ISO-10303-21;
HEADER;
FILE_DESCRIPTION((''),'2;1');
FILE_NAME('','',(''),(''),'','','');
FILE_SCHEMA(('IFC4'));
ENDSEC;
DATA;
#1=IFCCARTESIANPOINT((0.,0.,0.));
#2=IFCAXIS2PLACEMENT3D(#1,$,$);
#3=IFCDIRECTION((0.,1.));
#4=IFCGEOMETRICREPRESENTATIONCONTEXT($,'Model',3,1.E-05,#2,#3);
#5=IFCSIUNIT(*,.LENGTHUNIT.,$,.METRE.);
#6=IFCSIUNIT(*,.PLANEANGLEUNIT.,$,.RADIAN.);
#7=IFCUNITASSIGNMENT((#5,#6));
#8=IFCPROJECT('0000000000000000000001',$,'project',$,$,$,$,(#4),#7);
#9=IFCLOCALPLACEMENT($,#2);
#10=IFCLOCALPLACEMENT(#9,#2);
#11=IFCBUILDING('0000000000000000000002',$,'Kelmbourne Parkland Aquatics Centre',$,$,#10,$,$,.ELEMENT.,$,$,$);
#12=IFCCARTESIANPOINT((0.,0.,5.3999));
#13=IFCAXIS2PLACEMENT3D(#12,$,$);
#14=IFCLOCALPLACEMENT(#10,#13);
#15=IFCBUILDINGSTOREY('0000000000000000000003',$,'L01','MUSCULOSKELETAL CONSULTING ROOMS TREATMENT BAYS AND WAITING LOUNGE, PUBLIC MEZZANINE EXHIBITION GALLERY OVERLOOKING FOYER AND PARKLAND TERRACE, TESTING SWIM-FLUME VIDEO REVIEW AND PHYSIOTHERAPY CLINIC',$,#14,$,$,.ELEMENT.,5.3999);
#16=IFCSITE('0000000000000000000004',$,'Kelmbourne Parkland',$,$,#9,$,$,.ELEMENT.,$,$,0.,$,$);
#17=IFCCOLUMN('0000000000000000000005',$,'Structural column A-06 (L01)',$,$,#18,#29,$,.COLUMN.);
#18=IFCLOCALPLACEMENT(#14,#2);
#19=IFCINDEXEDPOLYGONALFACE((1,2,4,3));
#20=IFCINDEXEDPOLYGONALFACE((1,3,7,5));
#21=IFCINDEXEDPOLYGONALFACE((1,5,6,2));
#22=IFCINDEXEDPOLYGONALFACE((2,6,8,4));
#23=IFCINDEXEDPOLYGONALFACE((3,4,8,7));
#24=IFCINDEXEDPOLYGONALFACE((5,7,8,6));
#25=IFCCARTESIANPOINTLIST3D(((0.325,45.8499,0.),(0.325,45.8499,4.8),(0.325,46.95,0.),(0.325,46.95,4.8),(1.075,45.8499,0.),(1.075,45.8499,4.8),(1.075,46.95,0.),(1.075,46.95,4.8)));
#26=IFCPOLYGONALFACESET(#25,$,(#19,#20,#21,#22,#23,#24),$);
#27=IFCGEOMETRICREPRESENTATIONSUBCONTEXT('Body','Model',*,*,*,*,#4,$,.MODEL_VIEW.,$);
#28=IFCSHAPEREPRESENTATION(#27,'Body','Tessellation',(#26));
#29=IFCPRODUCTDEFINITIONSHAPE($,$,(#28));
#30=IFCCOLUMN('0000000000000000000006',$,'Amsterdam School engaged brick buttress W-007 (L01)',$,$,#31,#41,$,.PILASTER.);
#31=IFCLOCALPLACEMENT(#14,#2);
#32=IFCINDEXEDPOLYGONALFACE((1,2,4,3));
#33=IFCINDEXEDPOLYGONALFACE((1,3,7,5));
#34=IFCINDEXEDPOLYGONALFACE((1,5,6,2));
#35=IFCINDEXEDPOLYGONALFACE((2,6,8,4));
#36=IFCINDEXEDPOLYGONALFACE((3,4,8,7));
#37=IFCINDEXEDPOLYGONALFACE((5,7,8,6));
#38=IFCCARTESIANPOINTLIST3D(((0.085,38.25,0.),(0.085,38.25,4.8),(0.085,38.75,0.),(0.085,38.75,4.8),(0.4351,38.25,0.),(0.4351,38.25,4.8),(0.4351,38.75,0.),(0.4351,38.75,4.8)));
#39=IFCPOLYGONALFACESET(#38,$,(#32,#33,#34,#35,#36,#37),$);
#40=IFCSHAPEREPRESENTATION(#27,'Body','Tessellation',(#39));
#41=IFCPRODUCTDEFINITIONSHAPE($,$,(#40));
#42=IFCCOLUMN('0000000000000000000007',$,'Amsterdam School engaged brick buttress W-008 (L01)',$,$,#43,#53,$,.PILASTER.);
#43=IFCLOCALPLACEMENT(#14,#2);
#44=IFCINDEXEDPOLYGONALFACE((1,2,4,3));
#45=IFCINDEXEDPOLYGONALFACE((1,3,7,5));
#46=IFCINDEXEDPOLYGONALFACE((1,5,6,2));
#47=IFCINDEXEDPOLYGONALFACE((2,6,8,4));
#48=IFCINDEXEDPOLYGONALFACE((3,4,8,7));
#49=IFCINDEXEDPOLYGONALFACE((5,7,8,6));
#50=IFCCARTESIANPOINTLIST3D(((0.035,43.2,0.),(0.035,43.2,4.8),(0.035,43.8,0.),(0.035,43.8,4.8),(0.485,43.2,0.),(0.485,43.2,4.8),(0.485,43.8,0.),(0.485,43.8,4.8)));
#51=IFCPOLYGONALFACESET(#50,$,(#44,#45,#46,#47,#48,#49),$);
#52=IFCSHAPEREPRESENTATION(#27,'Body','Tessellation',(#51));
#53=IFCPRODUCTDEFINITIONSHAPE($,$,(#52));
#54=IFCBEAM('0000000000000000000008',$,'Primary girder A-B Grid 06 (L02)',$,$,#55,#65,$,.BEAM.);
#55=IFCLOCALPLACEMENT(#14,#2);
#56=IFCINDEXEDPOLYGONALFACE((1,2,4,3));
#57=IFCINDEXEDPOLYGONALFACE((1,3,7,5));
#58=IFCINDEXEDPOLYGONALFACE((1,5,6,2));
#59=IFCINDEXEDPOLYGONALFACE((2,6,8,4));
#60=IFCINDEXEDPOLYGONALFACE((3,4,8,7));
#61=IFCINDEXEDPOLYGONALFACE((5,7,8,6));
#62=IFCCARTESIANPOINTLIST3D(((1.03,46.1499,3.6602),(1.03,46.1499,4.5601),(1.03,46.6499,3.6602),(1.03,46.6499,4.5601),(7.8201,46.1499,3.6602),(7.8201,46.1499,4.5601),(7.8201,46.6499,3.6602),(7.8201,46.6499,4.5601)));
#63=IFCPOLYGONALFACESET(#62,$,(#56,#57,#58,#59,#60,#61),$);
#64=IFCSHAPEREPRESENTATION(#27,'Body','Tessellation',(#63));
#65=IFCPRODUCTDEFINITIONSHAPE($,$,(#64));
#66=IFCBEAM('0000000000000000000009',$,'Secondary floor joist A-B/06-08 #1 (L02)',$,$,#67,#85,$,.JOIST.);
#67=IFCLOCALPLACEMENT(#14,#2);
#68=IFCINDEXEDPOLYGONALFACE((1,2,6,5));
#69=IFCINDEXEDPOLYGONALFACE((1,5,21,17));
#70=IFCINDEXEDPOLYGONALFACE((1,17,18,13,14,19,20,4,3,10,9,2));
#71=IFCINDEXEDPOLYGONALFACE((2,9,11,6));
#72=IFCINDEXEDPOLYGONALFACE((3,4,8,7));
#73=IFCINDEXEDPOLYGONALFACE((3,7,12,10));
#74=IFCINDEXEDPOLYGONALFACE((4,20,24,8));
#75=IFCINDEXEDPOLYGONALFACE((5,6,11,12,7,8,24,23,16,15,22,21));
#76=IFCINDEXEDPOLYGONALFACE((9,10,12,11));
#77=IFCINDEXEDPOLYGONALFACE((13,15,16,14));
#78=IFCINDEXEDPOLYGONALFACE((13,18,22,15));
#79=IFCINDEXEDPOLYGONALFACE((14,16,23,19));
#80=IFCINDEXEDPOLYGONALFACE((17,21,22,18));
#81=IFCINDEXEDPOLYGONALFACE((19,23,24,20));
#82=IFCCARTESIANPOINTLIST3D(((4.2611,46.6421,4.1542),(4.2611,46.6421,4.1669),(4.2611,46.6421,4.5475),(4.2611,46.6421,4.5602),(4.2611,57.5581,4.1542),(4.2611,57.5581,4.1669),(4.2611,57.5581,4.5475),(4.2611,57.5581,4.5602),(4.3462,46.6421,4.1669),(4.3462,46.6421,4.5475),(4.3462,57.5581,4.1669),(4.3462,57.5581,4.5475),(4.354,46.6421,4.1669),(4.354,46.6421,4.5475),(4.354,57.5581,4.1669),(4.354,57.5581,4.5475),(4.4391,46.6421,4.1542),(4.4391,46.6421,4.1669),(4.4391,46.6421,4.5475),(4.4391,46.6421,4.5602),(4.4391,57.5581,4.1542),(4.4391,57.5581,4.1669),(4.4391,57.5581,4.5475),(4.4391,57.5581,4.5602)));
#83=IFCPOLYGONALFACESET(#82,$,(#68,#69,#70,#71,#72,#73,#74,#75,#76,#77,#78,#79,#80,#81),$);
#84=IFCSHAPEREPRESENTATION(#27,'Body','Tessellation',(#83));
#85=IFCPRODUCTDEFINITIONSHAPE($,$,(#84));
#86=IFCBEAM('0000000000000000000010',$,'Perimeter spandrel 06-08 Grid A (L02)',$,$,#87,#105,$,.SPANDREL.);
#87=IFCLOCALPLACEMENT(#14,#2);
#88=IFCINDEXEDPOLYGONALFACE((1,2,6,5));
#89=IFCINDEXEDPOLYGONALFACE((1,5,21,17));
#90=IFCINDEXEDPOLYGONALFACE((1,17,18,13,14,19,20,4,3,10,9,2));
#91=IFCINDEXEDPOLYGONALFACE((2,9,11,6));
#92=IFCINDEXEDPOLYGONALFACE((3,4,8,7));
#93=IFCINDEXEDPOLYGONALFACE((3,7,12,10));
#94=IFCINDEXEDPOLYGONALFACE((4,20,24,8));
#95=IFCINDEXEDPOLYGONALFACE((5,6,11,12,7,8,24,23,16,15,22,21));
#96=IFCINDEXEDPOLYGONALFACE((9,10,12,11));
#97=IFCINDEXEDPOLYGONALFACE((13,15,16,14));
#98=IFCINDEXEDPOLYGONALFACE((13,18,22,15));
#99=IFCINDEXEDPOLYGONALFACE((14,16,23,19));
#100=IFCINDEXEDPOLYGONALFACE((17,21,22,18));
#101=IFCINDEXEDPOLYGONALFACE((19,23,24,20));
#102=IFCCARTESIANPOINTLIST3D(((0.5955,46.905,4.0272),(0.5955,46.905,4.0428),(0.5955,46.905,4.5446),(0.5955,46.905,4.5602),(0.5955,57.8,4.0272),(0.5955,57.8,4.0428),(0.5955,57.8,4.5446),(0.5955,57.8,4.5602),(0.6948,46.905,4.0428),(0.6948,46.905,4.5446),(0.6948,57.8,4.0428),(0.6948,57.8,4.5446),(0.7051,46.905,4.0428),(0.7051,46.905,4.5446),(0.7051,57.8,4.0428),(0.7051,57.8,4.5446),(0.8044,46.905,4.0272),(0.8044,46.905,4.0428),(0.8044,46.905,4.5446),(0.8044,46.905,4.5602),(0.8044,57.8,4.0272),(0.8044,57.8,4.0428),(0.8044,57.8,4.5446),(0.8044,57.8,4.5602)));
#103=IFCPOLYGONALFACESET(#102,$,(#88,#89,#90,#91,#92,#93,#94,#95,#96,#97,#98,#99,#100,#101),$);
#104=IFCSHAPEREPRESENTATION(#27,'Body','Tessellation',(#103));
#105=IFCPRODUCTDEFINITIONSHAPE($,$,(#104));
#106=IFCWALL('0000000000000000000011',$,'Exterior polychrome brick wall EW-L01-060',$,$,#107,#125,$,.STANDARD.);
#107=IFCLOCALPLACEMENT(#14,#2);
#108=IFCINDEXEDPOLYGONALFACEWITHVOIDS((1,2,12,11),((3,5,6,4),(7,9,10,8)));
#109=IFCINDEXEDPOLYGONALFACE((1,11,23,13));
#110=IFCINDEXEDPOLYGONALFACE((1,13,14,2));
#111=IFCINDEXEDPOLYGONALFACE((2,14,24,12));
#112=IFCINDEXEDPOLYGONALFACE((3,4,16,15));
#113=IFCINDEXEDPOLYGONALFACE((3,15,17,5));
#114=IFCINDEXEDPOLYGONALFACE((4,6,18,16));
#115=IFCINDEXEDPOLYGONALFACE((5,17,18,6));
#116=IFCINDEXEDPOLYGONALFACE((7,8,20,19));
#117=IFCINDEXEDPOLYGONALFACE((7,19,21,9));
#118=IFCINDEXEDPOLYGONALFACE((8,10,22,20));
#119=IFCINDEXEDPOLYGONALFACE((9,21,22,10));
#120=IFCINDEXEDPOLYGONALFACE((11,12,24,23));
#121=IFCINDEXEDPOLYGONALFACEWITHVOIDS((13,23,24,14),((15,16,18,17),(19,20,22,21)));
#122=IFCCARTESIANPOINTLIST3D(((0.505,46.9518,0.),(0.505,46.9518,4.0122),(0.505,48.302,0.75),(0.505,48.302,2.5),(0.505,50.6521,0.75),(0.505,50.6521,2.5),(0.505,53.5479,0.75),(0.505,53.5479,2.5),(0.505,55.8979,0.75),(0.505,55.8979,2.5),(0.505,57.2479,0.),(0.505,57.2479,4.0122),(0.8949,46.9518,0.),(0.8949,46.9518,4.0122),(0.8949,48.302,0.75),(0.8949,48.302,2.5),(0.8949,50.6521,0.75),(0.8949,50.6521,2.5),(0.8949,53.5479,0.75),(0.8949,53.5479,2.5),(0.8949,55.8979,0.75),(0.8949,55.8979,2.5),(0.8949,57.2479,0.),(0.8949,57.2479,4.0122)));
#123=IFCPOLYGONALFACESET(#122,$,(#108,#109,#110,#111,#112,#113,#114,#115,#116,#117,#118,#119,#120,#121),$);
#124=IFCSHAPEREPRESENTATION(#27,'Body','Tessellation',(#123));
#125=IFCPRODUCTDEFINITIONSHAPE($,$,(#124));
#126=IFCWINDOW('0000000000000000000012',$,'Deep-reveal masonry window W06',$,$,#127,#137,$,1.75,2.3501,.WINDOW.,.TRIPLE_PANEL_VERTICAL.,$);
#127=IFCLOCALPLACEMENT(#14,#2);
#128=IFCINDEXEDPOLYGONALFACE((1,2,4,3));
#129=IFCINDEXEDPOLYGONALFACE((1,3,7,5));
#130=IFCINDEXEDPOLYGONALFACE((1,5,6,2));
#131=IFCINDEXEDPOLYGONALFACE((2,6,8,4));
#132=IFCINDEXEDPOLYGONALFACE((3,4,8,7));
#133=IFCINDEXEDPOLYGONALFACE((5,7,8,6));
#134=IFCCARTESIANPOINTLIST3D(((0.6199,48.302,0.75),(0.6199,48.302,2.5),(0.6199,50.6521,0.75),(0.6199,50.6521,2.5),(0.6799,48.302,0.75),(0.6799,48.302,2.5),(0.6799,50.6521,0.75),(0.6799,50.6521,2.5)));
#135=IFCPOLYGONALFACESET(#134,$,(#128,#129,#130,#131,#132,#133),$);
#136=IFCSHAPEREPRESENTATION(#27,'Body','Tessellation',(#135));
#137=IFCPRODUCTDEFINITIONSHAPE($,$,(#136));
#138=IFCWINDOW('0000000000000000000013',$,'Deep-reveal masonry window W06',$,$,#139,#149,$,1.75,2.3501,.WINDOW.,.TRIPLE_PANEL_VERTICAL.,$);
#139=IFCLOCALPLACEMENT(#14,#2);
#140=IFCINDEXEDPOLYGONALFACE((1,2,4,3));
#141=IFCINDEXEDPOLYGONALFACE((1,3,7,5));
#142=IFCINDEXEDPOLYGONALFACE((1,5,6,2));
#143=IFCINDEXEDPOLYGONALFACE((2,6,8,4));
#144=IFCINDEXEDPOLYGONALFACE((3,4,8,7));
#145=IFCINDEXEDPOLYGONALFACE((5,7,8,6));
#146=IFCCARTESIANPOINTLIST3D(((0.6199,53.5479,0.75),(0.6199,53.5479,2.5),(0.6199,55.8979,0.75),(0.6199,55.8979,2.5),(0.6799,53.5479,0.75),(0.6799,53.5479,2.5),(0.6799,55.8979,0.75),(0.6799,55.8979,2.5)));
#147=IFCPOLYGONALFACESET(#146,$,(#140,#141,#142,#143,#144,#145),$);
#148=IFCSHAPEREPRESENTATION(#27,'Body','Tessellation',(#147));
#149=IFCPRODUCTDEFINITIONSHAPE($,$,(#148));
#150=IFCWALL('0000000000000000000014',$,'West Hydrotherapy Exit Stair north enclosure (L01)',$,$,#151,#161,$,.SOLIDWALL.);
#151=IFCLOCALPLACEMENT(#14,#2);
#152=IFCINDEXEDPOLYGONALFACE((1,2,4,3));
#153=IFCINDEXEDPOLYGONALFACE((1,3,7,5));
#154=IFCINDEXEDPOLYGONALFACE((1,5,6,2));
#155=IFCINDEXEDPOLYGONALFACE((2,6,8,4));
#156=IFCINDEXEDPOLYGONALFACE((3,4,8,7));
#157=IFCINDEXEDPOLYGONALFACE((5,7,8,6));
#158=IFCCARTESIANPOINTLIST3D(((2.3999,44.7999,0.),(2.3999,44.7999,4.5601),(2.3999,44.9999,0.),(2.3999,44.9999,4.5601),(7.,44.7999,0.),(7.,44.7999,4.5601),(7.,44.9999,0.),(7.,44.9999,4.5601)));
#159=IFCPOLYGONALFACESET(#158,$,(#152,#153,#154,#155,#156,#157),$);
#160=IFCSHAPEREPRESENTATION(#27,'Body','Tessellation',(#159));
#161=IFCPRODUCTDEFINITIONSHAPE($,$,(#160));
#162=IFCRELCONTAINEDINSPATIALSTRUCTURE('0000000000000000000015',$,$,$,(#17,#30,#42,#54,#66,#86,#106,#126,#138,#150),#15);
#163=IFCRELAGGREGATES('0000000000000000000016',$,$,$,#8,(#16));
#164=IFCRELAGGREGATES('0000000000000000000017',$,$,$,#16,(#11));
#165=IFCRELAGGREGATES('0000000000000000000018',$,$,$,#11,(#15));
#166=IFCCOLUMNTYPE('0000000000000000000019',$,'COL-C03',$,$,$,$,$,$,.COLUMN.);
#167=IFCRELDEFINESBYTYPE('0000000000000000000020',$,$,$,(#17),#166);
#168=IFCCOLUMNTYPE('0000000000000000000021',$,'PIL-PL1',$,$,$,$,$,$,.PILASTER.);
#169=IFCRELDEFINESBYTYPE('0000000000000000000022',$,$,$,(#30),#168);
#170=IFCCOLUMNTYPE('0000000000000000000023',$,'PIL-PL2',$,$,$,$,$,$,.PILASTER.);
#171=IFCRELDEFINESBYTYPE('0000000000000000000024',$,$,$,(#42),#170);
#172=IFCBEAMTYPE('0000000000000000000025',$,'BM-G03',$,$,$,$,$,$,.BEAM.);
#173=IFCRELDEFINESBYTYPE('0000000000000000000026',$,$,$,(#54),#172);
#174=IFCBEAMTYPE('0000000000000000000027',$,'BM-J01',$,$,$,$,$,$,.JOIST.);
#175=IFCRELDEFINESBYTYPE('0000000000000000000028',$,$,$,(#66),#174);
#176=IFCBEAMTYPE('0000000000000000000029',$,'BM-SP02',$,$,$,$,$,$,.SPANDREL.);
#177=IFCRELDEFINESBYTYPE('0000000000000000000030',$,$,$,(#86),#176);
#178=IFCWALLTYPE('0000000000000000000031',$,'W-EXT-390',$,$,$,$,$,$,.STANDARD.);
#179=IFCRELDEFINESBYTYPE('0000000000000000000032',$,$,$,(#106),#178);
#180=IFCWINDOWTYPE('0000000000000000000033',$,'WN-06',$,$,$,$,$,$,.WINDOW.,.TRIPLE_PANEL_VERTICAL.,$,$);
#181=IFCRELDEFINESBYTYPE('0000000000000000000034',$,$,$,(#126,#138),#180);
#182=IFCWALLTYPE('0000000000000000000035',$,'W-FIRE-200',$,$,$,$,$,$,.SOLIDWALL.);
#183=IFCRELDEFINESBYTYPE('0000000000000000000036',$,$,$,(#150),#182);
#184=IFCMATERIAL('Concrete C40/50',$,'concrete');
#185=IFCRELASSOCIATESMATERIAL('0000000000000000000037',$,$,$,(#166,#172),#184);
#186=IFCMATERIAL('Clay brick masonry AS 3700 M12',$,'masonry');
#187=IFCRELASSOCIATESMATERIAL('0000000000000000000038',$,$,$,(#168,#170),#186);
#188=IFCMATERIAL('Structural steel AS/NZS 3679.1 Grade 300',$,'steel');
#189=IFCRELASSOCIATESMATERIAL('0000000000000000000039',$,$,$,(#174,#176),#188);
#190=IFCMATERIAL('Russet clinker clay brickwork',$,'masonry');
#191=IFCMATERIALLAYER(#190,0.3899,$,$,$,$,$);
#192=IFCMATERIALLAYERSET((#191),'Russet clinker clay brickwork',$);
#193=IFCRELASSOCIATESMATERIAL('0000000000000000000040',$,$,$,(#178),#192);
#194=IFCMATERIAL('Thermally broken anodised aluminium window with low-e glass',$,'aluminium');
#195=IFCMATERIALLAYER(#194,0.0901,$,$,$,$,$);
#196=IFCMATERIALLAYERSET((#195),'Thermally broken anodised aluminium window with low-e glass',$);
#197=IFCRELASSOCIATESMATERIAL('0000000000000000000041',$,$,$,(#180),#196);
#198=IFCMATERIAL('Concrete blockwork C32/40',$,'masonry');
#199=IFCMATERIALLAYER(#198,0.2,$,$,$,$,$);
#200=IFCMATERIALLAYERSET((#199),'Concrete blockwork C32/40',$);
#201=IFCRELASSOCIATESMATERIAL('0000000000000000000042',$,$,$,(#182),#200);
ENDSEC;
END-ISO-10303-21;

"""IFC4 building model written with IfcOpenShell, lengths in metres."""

from ifc_helpers import new_model, si_unit, direction, frame, frame_2d, origin, origin_2d, place, context, subcontext, project, spatial, rectangle, i_section, extrude, material, layer, layer_set, material_profile, profile_set, type_object, element, fill, save


model = new_model("IFC4")

# Units and contexts
model_context = context("Model", 3, precision=1e-05, world=origin(), true_north=direction((0.0, 1.0)))
body_context = subcontext(model_context, "Body", "Model", "MODEL_VIEW")
ifc_project = project(units=[si_unit("LENGTHUNIT", "METRE"), si_unit("PLANEANGLEUNIT", "RADIAN")], contexts=[model_context])

# Site, building, storey
site_placement = place(None, origin())
site = spatial("IfcSite", under=ifc_project, at=site_placement, Name="Kelmbourne Parkland", CompositionType="ELEMENT", RefElevation=0.0)
building_placement = place(site_placement, origin())
building = spatial("IfcBuilding", under=site, at=building_placement, Name="Kelmbourne Parkland Aquatics Centre", CompositionType="ELEMENT")
storey_placement = place(building_placement, frame((0.0, 0.0, 5.3999)))
storey = spatial("IfcBuildingStorey", under=building, at=storey_placement, Name="L01", Description="MUSCULOSKELETAL CONSULTING ROOMS TREATMENT BAYS AND WAITING LOUNGE, PUBLIC MEZZANINE EXHIBITION GALLERY OVERLOOKING FOYER AND PARKLAND TERRACE, TESTING SWIM-FLUME VIDEO REVIEW AND PHYSIOTHERAPY CLINIC", CompositionType="ELEMENT", Elevation=5.3999)

# Columns
ifc_material_1 = material(Name="Concrete C40/50", Category="concrete")
ifc_material_profile_1 = material_profile(ifc_material_1, rectangle(XDim=0.75, YDim=1.1001, at=origin_2d()), Name="RC 750x1100")
ifc_profile_set_1 = profile_set([ifc_material_profile_1], Name="Concrete C40/50")
column_type_1 = type_object("IfcColumnType", Name="COL-C03", PredefinedType="COLUMN", material=ifc_profile_set_1)
column_1_placement = place(storey_placement, frame((0.7, 46.3999, 0.0), z_axis=(0.0, 0.0, 1.0), x_axis=(1.0, 0.0, 0.0)))
element("IfcColumn", 1, at=column_1_placement, inside=storey, type_object=column_type_1, Name="Structural column A-06 (L01)", PredefinedType="COLUMN", context=body_context, shape_type="SweptSolid", body=[
    extrude(rectangle(XDim=0.75, YDim=1.1001, at=origin_2d()), origin(), (0.0, 0.0, 1.0), 4.8),
])
ifc_material_2 = material(Name="Clay brick masonry AS 3700 M12", Category="masonry")
ifc_material_profile_2 = material_profile(ifc_material_2, rectangle(XDim=0.3501, YDim=0.5, at=origin_2d()), Name="PIL 350x500")
ifc_profile_set_2 = profile_set([ifc_material_profile_2], Name="Clay brick masonry AS 3700 M12")
column_type_2 = type_object("IfcColumnType", Name="PIL-PL1", PredefinedType="PILASTER", material=ifc_profile_set_2)
column_2_placement = place(storey_placement, frame((0.26, 38.5, 0.0), z_axis=(0.0, 0.0, 1.0), x_axis=(1.0, 0.0, 0.0)))
element("IfcColumn", 2, at=column_2_placement, inside=storey, type_object=column_type_2, Name="Amsterdam School engaged brick buttress W-007 (L01)", PredefinedType="PILASTER", context=body_context, shape_type="SweptSolid", body=[
    extrude(rectangle(XDim=0.3501, YDim=0.5, at=origin_2d()), origin(), (0.0, 0.0, 1.0), 4.8),
])
ifc_material_profile_3 = material_profile(ifc_material_2, rectangle(XDim=0.45, YDim=0.6001, at=origin_2d()), Name="PIL 450x600")
ifc_profile_set_3 = profile_set([ifc_material_profile_3], Name="Clay brick masonry AS 3700 M12")
column_type_3 = type_object("IfcColumnType", Name="PIL-PL2", PredefinedType="PILASTER", material=ifc_profile_set_3)
column_3_placement = place(storey_placement, frame((0.26, 43.5, 0.0), z_axis=(0.0, 0.0, 1.0), x_axis=(1.0, 0.0, 0.0)))
element("IfcColumn", 3, at=column_3_placement, inside=storey, type_object=column_type_3, Name="Amsterdam School engaged brick buttress W-008 (L01)", PredefinedType="PILASTER", context=body_context, shape_type="SweptSolid", body=[
    extrude(rectangle(XDim=0.45, YDim=0.6001, at=origin_2d()), origin(), (0.0, 0.0, 1.0), 4.8),
])

# Beams
ifc_material_profile_4 = material_profile(ifc_material_1, rectangle(XDim=0.5, YDim=0.8999, at=origin_2d()), Name="RC 500x900")
ifc_profile_set_4 = profile_set([ifc_material_profile_4], Name="Concrete C40/50")
beam_type_1 = type_object("IfcBeamType", Name="BM-G03", PredefinedType="BEAM", material=ifc_profile_set_4)
beam_1_placement = place(storey_placement, frame((1.03, 46.3999, 4.1101), z_axis=(1.0, 0.0, 0.0), x_axis=(0.0, 1.0, 0.0)))
element("IfcBeam", 4, at=beam_1_placement, inside=storey, type_object=beam_type_1, Name="Primary girder A-B Grid 06 (L02)", PredefinedType="BEAM", context=body_context, shape_type="SweptSolid", body=[
    extrude(rectangle(XDim=0.5, YDim=0.8999, at=origin_2d()), origin(), (0.0, 0.0, 1.0), 6.79),
])
ifc_material_3 = material(Name="Structural steel AS/NZS 3679.1 Grade 300", Category="steel")
ifc_material_profile_5 = material_profile(ifc_material_3, i_section(OverallWidth=0.178, OverallDepth=0.406, WebThickness=0.0078, FlangeThickness=0.0127, at=origin_2d()), Name="410UB59.7")
ifc_profile_set_5 = profile_set([ifc_material_profile_5], Name="Structural steel AS/NZS 3679.1 Grade 300")
beam_type_2 = type_object("IfcBeamType", Name="BM-J01", PredefinedType="JOIST", material=ifc_profile_set_5)
beam_2_placement = place(storey_placement, frame((4.3501, 46.6421, 4.3572), z_axis=(0.0, 1.0, 0.0), x_axis=(-1.0, 0.0, 0.0)))
element("IfcBeam", 5, at=beam_2_placement, inside=storey, type_object=beam_type_2, Name="Secondary floor joist A-B/06-08 #1 (L02)", PredefinedType="JOIST", context=body_context, shape_type="SweptSolid", body=[
    extrude(i_section(OverallWidth=0.178, OverallDepth=0.406, WebThickness=0.0078, FlangeThickness=0.0127, at=origin_2d()), origin(), (0.0, 0.0, 1.0), 10.916),
])
ifc_material_profile_6 = material_profile(ifc_material_3, i_section(OverallWidth=0.209, OverallDepth=0.533, WebThickness=0.0103, FlangeThickness=0.0156, at=origin_2d()), Name="530UB92.4")
ifc_profile_set_6 = profile_set([ifc_material_profile_6], Name="Structural steel AS/NZS 3679.1 Grade 300")
beam_type_3 = type_object("IfcBeamType", Name="BM-SP02", PredefinedType="SPANDREL", material=ifc_profile_set_6)
beam_3_placement = place(storey_placement, frame((0.7, 46.905, 4.2937), z_axis=(0.0, 1.0, 0.0), x_axis=(-1.0, 0.0, 0.0)))
element("IfcBeam", 6, at=beam_3_placement, inside=storey, type_object=beam_type_3, Name="Perimeter spandrel 06-08 Grid A (L02)", PredefinedType="SPANDREL", context=body_context, shape_type="SweptSolid", body=[
    extrude(i_section(OverallWidth=0.209, OverallDepth=0.533, WebThickness=0.0103, FlangeThickness=0.0156, at=origin_2d()), origin(), (0.0, 0.0, 1.0), 10.895),
])

# Wall, openings, windows
ifc_material_4 = material(Name="Russet clinker clay brickwork", Category="masonry")
ifc_layer_1 = layer(ifc_material_4, 0.3899)
ifc_layer_set_1 = layer_set([ifc_layer_1], Name="Russet clinker clay brickwork")
wall_type_1 = type_object("IfcWallType", Name="W-EXT-390", PredefinedType="STANDARD", material=ifc_layer_set_1)
wall_1_placement = place(storey_placement, frame((0.7, 46.9519, 0.0), z_axis=(0.0, 0.0, 1.0), x_axis=(0.0, 1.0, 0.0)))
wall_1 = element("IfcWall", 7, at=wall_1_placement, inside=storey, type_object=wall_type_1, Name="Exterior polychrome brick wall EW-L01-060", PredefinedType="STANDARD", context=body_context, shape_type="SweptSolid", body=[
    extrude(rectangle(XDim=10.2961, YDim=0.3899, at=frame_2d((5.1479, 0.0))), origin(), (0.0, 0.0, 1.0), 4.0122),
])
opening_1_placement = place(wall_1_placement, frame((1.3501, 0.0, 0.75)))
opening_1 = element("IfcOpeningElement", 8, at=opening_1_placement, cuts=wall_1, PredefinedType="OPENING", context=body_context, shape_type="SweptSolid", body=[
    extrude(rectangle(XDim=2.3501, YDim=1.75, at=frame_2d((1.175, 0.875))), frame((0.0, 0.207, 0.0), z_axis=(0.0, -1.0, 0.0), x_axis=(1.0, 0.0, 0.0)), (0.0, 0.0, 1.0), 0.4138),
])
opening_2_placement = place(wall_1_placement, frame((6.5959, 0.0, 0.75)))
opening_2 = element("IfcOpeningElement", 9, at=opening_2_placement, cuts=wall_1, PredefinedType="OPENING", context=body_context, shape_type="SweptSolid", body=[
    extrude(rectangle(XDim=2.3501, YDim=1.75, at=frame_2d((1.175, 0.875))), frame((0.0, 0.207, 0.0), z_axis=(0.0, -1.0, 0.0), x_axis=(1.0, 0.0, 0.0)), (0.0, 0.0, 1.0), 0.4138),
])
ifc_material_5 = material(Name="Thermally broken anodised aluminium window with low-e glass", Category="aluminium")
ifc_layer_2 = layer(ifc_material_5, 0.0901)
ifc_layer_set_2 = layer_set([ifc_layer_2], Name="Thermally broken anodised aluminium window with low-e glass")
window_type = type_object("IfcWindowType", Name="WN-06", PartitioningType="TRIPLE_PANEL_VERTICAL", PredefinedType="WINDOW", material=ifc_layer_set_2)
window_1_placement = place(opening_1_placement, origin())
window_1 = element("IfcWindow", 10, at=window_1_placement, inside=storey, type_object=window_type, Name="Deep-reveal masonry window W06", OverallHeight=1.75, OverallWidth=2.3501, PartitioningType="TRIPLE_PANEL_VERTICAL", PredefinedType="WINDOW", context=body_context, shape_type="SweptSolid", body=[
    extrude(rectangle(XDim=2.3501, YDim=1.75, at=frame_2d((1.175, 0.875))), frame((0.0, 0.0801, 0.0), z_axis=(0.0, -1.0, 0.0), x_axis=(1.0, 0.0, 0.0)), (0.0, 0.0, 1.0), 0.0601),
])
fill(opening_1, window_1)
window_2_placement = place(opening_2_placement, origin())
window_2 = element("IfcWindow", 11, at=window_2_placement, inside=storey, type_object=window_type, Name="Deep-reveal masonry window W06", OverallHeight=1.75, OverallWidth=2.3501, PartitioningType="TRIPLE_PANEL_VERTICAL", PredefinedType="WINDOW", context=body_context, shape_type="SweptSolid", body=[
    extrude(rectangle(XDim=2.3501, YDim=1.75, at=frame_2d((1.175, 0.875))), frame((0.0, 0.0801, 0.0), z_axis=(0.0, -1.0, 0.0), x_axis=(1.0, 0.0, 0.0)), (0.0, 0.0, 1.0), 0.0601),
])
fill(opening_2, window_2)

# Wall
ifc_material_6 = material(Name="Concrete blockwork C32/40", Category="masonry")
ifc_layer_3 = layer(ifc_material_6, 0.2)
ifc_layer_set_3 = layer_set([ifc_layer_3], Name="Concrete blockwork C32/40")
wall_type_2 = type_object("IfcWallType", Name="W-FIRE-200", PredefinedType="SOLIDWALL", material=ifc_layer_set_3)
wall_2_placement = place(storey_placement, frame((2.3999, 44.8999, 0.0), z_axis=(0.0, 0.0, 1.0), x_axis=(1.0, 0.0, 0.0)))
element("IfcWall", 12, at=wall_2_placement, inside=storey, type_object=wall_type_2, Name="West Hydrotherapy Exit Stair north enclosure (L01)", PredefinedType="SOLIDWALL", context=body_context, shape_type="SweptSolid", body=[
    extrude(rectangle(XDim=4.6001, YDim=0.2, at=frame_2d((2.3, 0.0))), origin(), (0.0, 0.0, 1.0), 4.5601),
])

save(model, "model.ifc")
